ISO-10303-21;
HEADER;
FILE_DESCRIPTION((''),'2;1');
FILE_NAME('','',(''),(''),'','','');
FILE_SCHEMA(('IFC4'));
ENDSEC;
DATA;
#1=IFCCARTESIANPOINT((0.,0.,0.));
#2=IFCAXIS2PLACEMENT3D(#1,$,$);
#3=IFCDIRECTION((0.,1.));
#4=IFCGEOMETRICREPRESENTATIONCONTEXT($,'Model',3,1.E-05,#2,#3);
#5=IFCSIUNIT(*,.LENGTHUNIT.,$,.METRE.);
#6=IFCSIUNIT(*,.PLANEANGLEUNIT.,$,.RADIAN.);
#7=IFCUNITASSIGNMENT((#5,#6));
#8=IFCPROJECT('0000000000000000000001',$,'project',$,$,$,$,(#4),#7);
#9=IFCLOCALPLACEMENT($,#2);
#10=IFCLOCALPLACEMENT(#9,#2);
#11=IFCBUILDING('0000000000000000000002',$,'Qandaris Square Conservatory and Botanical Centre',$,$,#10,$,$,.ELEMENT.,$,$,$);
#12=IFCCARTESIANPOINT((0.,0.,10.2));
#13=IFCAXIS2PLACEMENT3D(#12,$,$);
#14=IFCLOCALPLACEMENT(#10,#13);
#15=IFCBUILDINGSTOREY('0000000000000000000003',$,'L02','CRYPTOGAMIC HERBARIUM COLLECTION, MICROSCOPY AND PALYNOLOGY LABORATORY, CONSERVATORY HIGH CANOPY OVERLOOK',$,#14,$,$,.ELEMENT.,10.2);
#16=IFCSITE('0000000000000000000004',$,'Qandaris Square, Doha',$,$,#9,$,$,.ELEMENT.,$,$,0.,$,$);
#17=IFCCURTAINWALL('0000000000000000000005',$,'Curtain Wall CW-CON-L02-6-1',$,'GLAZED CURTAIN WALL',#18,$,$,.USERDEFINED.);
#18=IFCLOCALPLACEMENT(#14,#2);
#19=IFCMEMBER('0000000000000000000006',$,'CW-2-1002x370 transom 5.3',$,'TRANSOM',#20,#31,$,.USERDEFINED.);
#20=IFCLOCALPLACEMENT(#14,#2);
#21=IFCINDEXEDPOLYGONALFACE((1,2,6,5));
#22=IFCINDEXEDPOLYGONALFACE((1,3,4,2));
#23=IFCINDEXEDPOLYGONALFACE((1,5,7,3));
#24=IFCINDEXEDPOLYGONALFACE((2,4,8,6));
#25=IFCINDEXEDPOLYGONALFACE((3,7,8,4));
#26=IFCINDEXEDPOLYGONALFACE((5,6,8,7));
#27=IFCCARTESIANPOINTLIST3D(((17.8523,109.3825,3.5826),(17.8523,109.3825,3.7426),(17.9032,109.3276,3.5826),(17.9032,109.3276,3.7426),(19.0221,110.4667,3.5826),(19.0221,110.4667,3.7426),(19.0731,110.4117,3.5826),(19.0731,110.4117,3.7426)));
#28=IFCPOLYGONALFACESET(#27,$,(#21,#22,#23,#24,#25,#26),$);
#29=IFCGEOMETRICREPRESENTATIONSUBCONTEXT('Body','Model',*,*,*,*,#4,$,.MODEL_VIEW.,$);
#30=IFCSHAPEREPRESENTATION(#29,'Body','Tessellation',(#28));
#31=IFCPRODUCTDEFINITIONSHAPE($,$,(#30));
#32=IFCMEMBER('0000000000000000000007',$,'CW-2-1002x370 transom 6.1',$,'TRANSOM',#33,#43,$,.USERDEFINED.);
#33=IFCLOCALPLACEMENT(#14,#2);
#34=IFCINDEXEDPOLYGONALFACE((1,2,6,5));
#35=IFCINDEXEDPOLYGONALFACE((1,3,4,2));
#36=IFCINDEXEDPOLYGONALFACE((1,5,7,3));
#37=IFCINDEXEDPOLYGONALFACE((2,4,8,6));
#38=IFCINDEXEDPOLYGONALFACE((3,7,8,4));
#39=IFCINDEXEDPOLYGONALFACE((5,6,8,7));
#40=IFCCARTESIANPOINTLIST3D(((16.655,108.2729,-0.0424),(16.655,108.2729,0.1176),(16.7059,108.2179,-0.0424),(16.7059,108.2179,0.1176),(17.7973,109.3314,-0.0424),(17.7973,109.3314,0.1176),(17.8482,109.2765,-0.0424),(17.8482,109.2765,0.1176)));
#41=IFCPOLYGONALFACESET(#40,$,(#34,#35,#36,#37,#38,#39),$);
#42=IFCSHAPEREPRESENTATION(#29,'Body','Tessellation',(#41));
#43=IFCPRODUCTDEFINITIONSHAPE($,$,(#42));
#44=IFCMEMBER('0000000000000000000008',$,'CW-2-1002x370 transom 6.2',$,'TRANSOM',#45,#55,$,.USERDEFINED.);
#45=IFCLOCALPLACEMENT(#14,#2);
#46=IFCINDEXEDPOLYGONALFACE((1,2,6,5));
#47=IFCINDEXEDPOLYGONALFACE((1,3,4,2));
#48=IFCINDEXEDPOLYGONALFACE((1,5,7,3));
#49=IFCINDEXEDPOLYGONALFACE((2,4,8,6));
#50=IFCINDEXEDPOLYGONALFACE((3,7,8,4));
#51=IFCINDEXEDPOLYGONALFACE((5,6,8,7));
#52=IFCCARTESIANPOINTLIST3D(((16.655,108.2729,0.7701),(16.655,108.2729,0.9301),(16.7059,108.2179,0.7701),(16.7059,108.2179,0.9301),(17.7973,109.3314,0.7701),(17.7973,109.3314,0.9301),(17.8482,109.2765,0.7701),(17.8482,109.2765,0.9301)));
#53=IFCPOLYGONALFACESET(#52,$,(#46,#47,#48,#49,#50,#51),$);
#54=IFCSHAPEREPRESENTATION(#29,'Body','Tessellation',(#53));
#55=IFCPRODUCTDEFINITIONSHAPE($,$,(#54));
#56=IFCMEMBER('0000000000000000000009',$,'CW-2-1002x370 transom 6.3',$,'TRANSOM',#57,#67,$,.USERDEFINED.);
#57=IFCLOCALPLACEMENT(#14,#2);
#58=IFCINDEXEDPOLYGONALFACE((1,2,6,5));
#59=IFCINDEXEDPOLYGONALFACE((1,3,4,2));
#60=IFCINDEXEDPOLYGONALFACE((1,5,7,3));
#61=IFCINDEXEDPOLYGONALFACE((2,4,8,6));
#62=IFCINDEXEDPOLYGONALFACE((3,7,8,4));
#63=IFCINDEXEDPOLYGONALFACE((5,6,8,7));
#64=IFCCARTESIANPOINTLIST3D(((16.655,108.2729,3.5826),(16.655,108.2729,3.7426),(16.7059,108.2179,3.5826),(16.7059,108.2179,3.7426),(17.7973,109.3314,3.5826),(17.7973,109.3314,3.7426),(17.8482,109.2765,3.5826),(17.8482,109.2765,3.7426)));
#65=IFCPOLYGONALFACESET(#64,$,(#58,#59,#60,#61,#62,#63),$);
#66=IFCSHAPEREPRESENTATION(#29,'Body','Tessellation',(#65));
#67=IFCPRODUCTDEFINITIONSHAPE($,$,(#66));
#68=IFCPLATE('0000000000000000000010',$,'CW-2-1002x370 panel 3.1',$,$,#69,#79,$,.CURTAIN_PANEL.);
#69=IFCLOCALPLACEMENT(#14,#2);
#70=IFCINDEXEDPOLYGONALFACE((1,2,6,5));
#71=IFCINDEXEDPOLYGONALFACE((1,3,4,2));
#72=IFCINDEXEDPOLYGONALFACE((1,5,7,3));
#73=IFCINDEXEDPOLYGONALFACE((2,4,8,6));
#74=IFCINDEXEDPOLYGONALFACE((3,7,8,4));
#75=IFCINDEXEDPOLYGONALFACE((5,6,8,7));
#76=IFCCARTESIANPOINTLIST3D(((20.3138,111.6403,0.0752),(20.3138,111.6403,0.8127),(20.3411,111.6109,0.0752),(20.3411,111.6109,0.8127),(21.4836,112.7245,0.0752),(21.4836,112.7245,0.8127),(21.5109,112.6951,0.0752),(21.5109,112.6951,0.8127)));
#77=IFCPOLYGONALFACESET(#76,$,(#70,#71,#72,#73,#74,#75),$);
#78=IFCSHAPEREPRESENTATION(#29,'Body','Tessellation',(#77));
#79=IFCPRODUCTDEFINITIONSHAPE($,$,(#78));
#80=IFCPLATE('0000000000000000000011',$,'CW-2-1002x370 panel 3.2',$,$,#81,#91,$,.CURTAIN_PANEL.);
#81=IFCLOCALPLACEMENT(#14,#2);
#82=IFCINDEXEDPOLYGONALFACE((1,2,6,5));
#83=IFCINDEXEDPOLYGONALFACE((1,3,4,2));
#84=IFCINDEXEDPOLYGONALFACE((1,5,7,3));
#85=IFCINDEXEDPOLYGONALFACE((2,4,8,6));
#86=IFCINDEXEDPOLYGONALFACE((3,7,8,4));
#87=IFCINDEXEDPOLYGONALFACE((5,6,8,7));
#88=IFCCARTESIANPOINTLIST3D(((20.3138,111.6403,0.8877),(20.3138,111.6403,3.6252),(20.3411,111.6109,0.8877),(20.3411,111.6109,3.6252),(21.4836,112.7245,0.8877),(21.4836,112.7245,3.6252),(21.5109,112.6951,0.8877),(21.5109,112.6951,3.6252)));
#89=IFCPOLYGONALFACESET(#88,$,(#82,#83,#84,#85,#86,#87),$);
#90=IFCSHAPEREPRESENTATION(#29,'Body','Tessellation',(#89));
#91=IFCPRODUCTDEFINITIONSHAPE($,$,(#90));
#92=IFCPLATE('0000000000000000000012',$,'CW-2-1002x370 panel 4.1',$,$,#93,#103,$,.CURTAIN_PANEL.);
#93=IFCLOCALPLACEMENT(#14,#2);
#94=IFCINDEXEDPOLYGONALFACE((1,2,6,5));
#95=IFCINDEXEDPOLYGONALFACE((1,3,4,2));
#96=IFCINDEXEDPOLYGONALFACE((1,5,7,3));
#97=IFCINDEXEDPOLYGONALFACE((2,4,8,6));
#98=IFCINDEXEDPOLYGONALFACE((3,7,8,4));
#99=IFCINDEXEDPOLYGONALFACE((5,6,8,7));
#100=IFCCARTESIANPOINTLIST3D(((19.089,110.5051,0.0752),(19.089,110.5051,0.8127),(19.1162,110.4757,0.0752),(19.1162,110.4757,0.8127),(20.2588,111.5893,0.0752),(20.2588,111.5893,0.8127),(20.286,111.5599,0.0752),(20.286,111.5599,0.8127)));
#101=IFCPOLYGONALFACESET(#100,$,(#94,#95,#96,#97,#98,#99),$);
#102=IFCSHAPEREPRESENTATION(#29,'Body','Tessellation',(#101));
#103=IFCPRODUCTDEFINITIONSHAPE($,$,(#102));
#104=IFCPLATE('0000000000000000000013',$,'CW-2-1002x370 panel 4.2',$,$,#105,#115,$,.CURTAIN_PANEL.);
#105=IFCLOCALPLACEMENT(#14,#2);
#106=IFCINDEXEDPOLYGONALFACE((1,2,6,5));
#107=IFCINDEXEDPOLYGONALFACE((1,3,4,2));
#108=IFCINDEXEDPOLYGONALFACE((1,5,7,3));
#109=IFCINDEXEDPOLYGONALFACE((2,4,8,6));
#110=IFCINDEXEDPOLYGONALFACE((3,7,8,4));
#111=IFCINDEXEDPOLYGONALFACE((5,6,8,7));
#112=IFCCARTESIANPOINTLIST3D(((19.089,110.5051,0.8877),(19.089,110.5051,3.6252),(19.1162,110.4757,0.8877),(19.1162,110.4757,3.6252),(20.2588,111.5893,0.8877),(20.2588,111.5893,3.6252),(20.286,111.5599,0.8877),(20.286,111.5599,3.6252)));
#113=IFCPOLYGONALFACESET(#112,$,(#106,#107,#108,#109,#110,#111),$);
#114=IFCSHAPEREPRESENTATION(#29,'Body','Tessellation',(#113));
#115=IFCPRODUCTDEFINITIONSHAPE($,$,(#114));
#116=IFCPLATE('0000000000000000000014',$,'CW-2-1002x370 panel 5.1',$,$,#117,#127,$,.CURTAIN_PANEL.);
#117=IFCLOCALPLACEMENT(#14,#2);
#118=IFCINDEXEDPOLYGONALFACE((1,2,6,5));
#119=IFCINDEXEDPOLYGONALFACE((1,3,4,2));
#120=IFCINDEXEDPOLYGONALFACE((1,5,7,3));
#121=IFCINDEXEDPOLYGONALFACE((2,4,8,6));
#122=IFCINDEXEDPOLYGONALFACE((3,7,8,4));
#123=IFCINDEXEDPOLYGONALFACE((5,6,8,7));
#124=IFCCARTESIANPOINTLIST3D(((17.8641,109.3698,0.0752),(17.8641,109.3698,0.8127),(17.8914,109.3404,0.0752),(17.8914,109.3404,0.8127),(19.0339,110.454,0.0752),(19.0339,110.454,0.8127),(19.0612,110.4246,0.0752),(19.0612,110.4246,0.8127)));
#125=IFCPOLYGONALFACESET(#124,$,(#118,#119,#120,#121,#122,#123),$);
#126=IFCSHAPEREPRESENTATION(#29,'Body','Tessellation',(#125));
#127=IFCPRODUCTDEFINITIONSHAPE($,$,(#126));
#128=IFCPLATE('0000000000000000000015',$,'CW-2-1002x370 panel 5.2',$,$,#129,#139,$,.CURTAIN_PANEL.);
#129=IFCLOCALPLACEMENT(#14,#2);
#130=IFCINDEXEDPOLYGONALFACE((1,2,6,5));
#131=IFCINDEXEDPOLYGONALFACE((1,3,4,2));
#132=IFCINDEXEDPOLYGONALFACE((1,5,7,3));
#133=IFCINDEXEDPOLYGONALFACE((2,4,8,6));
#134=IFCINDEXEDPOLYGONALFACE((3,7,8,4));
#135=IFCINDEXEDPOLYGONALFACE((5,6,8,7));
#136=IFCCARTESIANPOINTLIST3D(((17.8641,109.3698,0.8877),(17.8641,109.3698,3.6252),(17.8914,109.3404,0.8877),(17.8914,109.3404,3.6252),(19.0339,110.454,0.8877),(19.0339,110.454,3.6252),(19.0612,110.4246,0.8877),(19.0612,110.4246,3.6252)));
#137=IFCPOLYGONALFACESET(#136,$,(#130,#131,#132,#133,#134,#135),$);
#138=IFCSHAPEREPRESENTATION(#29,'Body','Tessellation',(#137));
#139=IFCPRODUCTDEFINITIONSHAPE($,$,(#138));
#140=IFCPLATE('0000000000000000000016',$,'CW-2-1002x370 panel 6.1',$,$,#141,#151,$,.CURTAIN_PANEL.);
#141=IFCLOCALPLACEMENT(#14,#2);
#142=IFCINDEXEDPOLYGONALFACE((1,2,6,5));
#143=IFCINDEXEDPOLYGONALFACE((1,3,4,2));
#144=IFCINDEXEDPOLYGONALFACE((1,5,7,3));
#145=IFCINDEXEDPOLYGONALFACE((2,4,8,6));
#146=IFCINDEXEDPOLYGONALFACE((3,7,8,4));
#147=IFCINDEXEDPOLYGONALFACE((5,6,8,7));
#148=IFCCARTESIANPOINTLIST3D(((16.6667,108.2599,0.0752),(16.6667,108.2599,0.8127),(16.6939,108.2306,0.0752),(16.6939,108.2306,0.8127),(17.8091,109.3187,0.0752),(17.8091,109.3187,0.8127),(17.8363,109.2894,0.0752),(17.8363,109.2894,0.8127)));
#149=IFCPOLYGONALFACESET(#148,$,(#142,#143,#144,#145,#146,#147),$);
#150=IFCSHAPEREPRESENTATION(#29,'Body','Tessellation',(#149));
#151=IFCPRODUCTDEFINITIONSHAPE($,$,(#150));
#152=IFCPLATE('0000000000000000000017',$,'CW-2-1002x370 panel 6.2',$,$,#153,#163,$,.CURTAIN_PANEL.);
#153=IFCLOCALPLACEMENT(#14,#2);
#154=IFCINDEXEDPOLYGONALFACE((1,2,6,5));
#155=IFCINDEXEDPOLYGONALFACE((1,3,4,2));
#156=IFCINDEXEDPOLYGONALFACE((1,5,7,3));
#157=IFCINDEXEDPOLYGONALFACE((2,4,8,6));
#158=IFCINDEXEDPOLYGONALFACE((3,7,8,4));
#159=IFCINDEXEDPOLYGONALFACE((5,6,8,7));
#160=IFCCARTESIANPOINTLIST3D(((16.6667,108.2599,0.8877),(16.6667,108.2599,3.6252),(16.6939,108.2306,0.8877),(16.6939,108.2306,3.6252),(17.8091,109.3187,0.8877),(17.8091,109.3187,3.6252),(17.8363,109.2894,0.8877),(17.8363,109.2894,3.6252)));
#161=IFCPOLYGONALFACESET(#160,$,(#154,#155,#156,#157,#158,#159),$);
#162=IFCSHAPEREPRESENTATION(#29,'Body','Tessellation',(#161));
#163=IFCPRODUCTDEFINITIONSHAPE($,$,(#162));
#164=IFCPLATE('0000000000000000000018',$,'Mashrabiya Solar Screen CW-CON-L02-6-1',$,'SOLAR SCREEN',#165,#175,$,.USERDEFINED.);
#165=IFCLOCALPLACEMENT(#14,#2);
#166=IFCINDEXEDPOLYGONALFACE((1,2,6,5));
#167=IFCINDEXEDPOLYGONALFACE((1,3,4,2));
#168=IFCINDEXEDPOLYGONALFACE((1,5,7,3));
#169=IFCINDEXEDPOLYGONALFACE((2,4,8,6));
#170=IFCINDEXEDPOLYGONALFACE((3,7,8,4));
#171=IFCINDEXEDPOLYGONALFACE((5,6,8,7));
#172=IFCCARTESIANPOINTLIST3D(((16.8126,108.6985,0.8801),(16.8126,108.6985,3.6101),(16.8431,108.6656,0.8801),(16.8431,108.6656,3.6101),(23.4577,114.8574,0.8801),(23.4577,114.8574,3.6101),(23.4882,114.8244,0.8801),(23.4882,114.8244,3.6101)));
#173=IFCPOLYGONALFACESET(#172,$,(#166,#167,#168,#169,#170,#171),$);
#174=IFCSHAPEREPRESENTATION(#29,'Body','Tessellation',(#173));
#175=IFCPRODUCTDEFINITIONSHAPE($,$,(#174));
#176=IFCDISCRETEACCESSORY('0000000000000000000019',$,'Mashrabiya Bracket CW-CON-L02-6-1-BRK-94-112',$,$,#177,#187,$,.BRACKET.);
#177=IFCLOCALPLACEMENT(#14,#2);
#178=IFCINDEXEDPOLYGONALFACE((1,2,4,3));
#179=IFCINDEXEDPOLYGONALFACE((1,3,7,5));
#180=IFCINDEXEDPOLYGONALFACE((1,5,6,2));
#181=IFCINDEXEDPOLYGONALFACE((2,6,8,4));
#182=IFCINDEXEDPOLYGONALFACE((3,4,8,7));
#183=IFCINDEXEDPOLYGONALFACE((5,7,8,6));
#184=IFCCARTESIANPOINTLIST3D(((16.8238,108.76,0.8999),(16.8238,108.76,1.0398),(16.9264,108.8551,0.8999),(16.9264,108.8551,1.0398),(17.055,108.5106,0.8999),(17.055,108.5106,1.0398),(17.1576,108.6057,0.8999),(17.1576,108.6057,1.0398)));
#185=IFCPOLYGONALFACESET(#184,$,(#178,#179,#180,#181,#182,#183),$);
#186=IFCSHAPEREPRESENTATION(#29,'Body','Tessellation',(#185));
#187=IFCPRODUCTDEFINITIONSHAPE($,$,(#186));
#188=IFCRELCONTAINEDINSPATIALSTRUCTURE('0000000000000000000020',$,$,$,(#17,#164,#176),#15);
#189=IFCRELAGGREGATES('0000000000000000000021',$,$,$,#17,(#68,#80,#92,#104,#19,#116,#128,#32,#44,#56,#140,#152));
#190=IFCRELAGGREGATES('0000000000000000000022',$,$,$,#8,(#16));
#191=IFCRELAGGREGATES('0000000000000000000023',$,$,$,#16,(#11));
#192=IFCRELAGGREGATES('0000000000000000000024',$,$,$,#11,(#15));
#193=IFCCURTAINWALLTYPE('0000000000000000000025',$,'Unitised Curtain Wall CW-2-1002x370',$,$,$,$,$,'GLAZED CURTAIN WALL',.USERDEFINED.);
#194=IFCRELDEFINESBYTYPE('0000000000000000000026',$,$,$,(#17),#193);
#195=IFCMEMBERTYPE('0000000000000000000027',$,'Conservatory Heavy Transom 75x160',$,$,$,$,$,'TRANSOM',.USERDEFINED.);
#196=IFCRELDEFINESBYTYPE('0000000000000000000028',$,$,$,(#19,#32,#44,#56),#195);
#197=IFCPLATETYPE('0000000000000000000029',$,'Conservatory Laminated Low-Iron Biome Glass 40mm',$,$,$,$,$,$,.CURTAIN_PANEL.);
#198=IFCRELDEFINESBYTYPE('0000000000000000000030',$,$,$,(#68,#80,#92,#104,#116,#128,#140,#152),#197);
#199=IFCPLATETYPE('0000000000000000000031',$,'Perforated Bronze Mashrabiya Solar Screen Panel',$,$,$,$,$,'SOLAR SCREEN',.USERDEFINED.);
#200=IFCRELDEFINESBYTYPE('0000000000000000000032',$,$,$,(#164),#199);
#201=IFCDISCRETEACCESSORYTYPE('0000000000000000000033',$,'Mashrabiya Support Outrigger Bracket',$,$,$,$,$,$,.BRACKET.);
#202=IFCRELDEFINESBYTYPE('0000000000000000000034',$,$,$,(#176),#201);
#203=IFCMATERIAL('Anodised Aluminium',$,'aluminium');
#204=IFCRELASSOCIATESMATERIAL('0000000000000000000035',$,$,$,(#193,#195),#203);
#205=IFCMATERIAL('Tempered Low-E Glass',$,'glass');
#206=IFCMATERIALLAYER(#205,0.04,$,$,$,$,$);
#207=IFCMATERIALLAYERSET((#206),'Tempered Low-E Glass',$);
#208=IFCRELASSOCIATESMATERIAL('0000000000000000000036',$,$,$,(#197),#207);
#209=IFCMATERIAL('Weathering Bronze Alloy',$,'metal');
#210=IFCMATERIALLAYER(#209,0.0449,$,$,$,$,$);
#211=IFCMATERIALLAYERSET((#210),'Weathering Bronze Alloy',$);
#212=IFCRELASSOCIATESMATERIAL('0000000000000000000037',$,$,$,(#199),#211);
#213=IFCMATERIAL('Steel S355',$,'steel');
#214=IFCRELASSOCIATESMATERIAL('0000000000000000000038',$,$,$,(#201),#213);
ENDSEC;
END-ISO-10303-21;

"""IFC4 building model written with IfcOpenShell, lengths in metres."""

from ifc_helpers import new_model, si_unit, direction, frame, origin, origin_2d, place, context, subcontext, project, spatial, rectangle, extrude, material, layer, layer_set, material_profile, profile_set, type_object, element, aggregate, save


model = new_model("IFC4")

# Units and contexts
model_context = context("Model", 3, precision=1e-05, world=origin(), true_north=direction((0.0, 1.0)))
body_context = subcontext(model_context, "Body", "Model", "MODEL_VIEW")
ifc_project = project(units=[si_unit("LENGTHUNIT", "METRE"), si_unit("PLANEANGLEUNIT", "RADIAN")], contexts=[model_context])

# Site, building, storey
site_placement = place(None, origin())
site = spatial("IfcSite", under=ifc_project, at=site_placement, Name="Qandaris Square, Doha", CompositionType="ELEMENT", RefElevation=0.0)
building_placement = place(site_placement, origin())
building = spatial("IfcBuilding", under=site, at=building_placement, Name="Qandaris Square Conservatory and Botanical Centre", CompositionType="ELEMENT")
storey_placement = place(building_placement, frame((0.0, 0.0, 10.2)))
storey = spatial("IfcBuildingStorey", under=building, at=storey_placement, Name="L02", Description="CRYPTOGAMIC HERBARIUM COLLECTION, MICROSCOPY AND PALYNOLOGY LABORATORY, CONSERVATORY HIGH CANOPY OVERLOOK", CompositionType="ELEMENT", Elevation=10.2)

# Curtain wall
ifc_material_1 = material(Name="Anodised Aluminium", Category="aluminium")
curtain_wall_type_1 = type_object("IfcCurtainWallType", Name="Unitised Curtain Wall CW-2-1002x370", ElementType="GLAZED CURTAIN WALL", PredefinedType="USERDEFINED", material=ifc_material_1)
curtain_wall_1_placement = place(storey_placement, origin())
curtain_wall_1 = element("IfcCurtainWall", 1, at=curtain_wall_1_placement, inside=storey, type_object=curtain_wall_type_1, Name="Curtain Wall CW-CON-L02-6-1", ObjectType="GLAZED CURTAIN WALL", PredefinedType="USERDEFINED")

# Members
ifc_material_profile_1 = material_profile(ifc_material_1, rectangle(XDim=0.075, YDim=0.1599, at=origin_2d()), Name="ALU-TRN 75x160")
ifc_profile_set_1 = profile_set([ifc_material_profile_1], Name="Anodised Aluminium")
member_type_1 = type_object("IfcMemberType", Name="Conservatory Heavy Transom 75x160", ElementType="TRANSOM", PredefinedType="USERDEFINED", material=ifc_profile_set_1)
member_1_placement = place(storey_placement, frame((19.0476, 110.4392, 3.6626), z_axis=(-0.733458, -0.679735, 0.0), x_axis=(0.679735, -0.733458, 0.0)))
member_1 = element("IfcMember", 2, at=member_1_placement, type_object=member_type_1, Name="CW-2-1002x370 transom 5.3", ObjectType="TRANSOM", PredefinedType="USERDEFINED", context=body_context, shape_type="SweptSolid", body=[
    extrude(rectangle(XDim=0.075, YDim=0.1599, at=origin_2d()), origin(), (0.0, 0.0, 1.0), 1.595),
])
member_2_placement = place(storey_placement, frame((17.8228, 109.304, 0.0376), z_axis=(-0.73348, -0.679711, 0.0), x_axis=(0.679711, -0.73348, 0.0)))
member_2 = element("IfcMember", 3, at=member_2_placement, type_object=member_type_1, Name="CW-2-1002x370 transom 6.1", ObjectType="TRANSOM", PredefinedType="USERDEFINED", context=body_context, shape_type="SweptSolid", body=[
    extrude(rectangle(XDim=0.075, YDim=0.1599, at=origin_2d()), origin(), (0.0, 0.0, 1.0), 1.5574),
])
member_3_placement = place(storey_placement, frame((17.8228, 109.304, 0.8501), z_axis=(-0.73348, -0.679711, 0.0), x_axis=(0.679711, -0.73348, 0.0)))
member_3 = element("IfcMember", 4, at=member_3_placement, type_object=member_type_1, Name="CW-2-1002x370 transom 6.2", ObjectType="TRANSOM", PredefinedType="USERDEFINED", context=body_context, shape_type="SweptSolid", body=[
    extrude(rectangle(XDim=0.075, YDim=0.1599, at=origin_2d()), origin(), (0.0, 0.0, 1.0), 1.5574),
])
member_4_placement = place(storey_placement, frame((17.8228, 109.304, 3.6626), z_axis=(-0.73348, -0.679711, 0.0), x_axis=(0.679711, -0.73348, 0.0)))
member_4 = element("IfcMember", 5, at=member_4_placement, type_object=member_type_1, Name="CW-2-1002x370 transom 6.3", ObjectType="TRANSOM", PredefinedType="USERDEFINED", context=body_context, shape_type="SweptSolid", body=[
    extrude(rectangle(XDim=0.075, YDim=0.1599, at=origin_2d()), origin(), (0.0, 0.0, 1.0), 1.5574),
])

# Plates
ifc_material_2 = material(Name="Tempered Low-E Glass", Category="glass")
ifc_layer_1 = layer(ifc_material_2, 0.04)
ifc_layer_set_1 = layer_set([ifc_layer_1], Name="Tempered Low-E Glass")
plate_type_1 = type_object("IfcPlateType", Name="Conservatory Laminated Low-Iron Biome Glass 40mm", PredefinedType="CURTAIN_PANEL", material=ifc_layer_set_1)
plate_1_placement = place(storey_placement, frame((20.9124, 112.1677, 0.0752), z_axis=(0.0, 0.0, 1.0), x_axis=(-0.733433, -0.679762, 0.0)))
plate_1 = element("IfcPlate", 6, at=plate_1_placement, type_object=plate_type_1, Name="CW-2-1002x370 panel 3.1", PredefinedType="CURTAIN_PANEL", context=body_context, shape_type="SweptSolid", body=[
    extrude(rectangle(XDim=1.595, YDim=0.04, at=origin_2d()), origin(), (0.0, 0.0, 1.0), 0.7375),
])
plate_2_placement = place(storey_placement, frame((20.9124, 112.1677, 0.8877), z_axis=(0.0, 0.0, 1.0), x_axis=(-0.733433, -0.679762, 0.0)))
plate_2 = element("IfcPlate", 7, at=plate_2_placement, type_object=plate_type_1, Name="CW-2-1002x370 panel 3.2", PredefinedType="CURTAIN_PANEL", context=body_context, shape_type="SweptSolid", body=[
    extrude(rectangle(XDim=1.595, YDim=0.04, at=origin_2d()), origin(), (0.0, 0.0, 1.0), 2.7375),
])
plate_3_placement = place(storey_placement, frame((19.6875, 111.0325, 0.0752), z_axis=(0.0, 0.0, 1.0), x_axis=(-0.733433, -0.679762, 0.0)))
plate_3 = element("IfcPlate", 8, at=plate_3_placement, type_object=plate_type_1, Name="CW-2-1002x370 panel 4.1", PredefinedType="CURTAIN_PANEL", context=body_context, shape_type="SweptSolid", body=[
    extrude(rectangle(XDim=1.595, YDim=0.04, at=origin_2d()), origin(), (0.0, 0.0, 1.0), 0.7375),
])
plate_4_placement = place(storey_placement, frame((19.6875, 111.0325, 0.8877), z_axis=(0.0, 0.0, 1.0), x_axis=(-0.733433, -0.679762, 0.0)))
plate_4 = element("IfcPlate", 9, at=plate_4_placement, type_object=plate_type_1, Name="CW-2-1002x370 panel 4.2", PredefinedType="CURTAIN_PANEL", context=body_context, shape_type="SweptSolid", body=[
    extrude(rectangle(XDim=1.595, YDim=0.04, at=origin_2d()), origin(), (0.0, 0.0, 1.0), 2.7375),
])
plate_5_placement = place(storey_placement, frame((18.4626, 109.8972, 0.0752), z_axis=(0.0, 0.0, 1.0), x_axis=(-0.733433, -0.679762, 0.0)))
plate_5 = element("IfcPlate", 10, at=plate_5_placement, type_object=plate_type_1, Name="CW-2-1002x370 panel 5.1", PredefinedType="CURTAIN_PANEL", context=body_context, shape_type="SweptSolid", body=[
    extrude(rectangle(XDim=1.595, YDim=0.04, at=origin_2d()), origin(), (0.0, 0.0, 1.0), 0.7375),
])
plate_6_placement = place(storey_placement, frame((18.4626, 109.8972, 0.8877), z_axis=(0.0, 0.0, 1.0), x_axis=(-0.733433, -0.679762, 0.0)))
plate_6 = element("IfcPlate", 11, at=plate_6_placement, type_object=plate_type_1, Name="CW-2-1002x370 panel 5.2", PredefinedType="CURTAIN_PANEL", context=body_context, shape_type="SweptSolid", body=[
    extrude(rectangle(XDim=1.595, YDim=0.04, at=origin_2d()), origin(), (0.0, 0.0, 1.0), 2.7375),
])
plate_7_placement = place(storey_placement, frame((17.2515, 108.7747, 0.0752), z_axis=(0.0, 0.0, 1.0), x_axis=(-0.733433, -0.679762, 0.0)))
plate_7 = element("IfcPlate", 12, at=plate_7_placement, type_object=plate_type_1, Name="CW-2-1002x370 panel 6.1", PredefinedType="CURTAIN_PANEL", context=body_context, shape_type="SweptSolid", body=[
    extrude(rectangle(XDim=1.5576, YDim=0.04, at=origin_2d()), origin(), (0.0, 0.0, 1.0), 0.7375),
])
plate_8_placement = place(storey_placement, frame((17.2515, 108.7747, 0.8877), z_axis=(0.0, 0.0, 1.0), x_axis=(-0.733433, -0.679762, 0.0)))
plate_8 = element("IfcPlate", 13, at=plate_8_placement, type_object=plate_type_1, Name="CW-2-1002x370 panel 6.2", PredefinedType="CURTAIN_PANEL", context=body_context, shape_type="SweptSolid", body=[
    extrude(rectangle(XDim=1.5576, YDim=0.04, at=origin_2d()), origin(), (0.0, 0.0, 1.0), 2.7375),
])
aggregate(curtain_wall_1, [plate_1, plate_2, plate_3, plate_4, member_1, plate_5, plate_6, member_2, member_3, member_4, plate_7, plate_8])
ifc_material_3 = material(Name="Weathering Bronze Alloy", Category="metal")
ifc_layer_2 = layer(ifc_material_3, 0.0449)
ifc_layer_set_2 = layer_set([ifc_layer_2], Name="Weathering Bronze Alloy")
plate_type_2 = type_object("IfcPlateType", Name="Perforated Bronze Mashrabiya Solar Screen Panel", ElementType="SOLAR SCREEN", PredefinedType="USERDEFINED", material=ifc_layer_set_2)
plate_9_placement = place(storey_placement, frame((20.1504, 111.7615, 0.8801), z_axis=(0.0, 0.0, 1.0), x_axis=(-0.733433, -0.679762, 0.0)))
element("IfcPlate", 14, at=plate_9_placement, inside=storey, type_object=plate_type_2, Name="Mashrabiya Solar Screen CW-CON-L02-6-1", ObjectType="SOLAR SCREEN", PredefinedType="USERDEFINED", context=body_context, shape_type="SweptSolid", body=[
    extrude(rectangle(XDim=9.0603, YDim=0.0449, at=origin_2d()), origin(), (0.0, 0.0, 1.0), 2.73),
])

# Discrete accessory
ifc_material_4 = material(Name="Steel S355", Category="steel")
discrete_accessory_type = type_object("IfcDiscreteAccessoryType", Name="Mashrabiya Support Outrigger Bracket", PredefinedType="BRACKET", material=ifc_material_4)
for number, where, z_axis, x_axis, name in (
    (15, (16.9907, 108.6829, 0.8999), (0.0, 0.0, 1.0), (-0.733433, -0.679762, 0.0), "Mashrabiya Bracket CW-CON-L02-6-1-BRK-94-112"),
):
    element("IfcDiscreteAccessory", number, at=place(storey_placement, frame(where, z_axis=z_axis, x_axis=x_axis)), inside=storey, type_object=discrete_accessory_type, Name=name, PredefinedType="BRACKET", context=body_context, shape_type="SweptSolid", body=[
        extrude(rectangle(XDim=0.1399, YDim=0.3401, at=origin_2d()), origin(), (0.0, 0.0, 1.0), 0.1399),
    ])

save(model, "model.ifc")
